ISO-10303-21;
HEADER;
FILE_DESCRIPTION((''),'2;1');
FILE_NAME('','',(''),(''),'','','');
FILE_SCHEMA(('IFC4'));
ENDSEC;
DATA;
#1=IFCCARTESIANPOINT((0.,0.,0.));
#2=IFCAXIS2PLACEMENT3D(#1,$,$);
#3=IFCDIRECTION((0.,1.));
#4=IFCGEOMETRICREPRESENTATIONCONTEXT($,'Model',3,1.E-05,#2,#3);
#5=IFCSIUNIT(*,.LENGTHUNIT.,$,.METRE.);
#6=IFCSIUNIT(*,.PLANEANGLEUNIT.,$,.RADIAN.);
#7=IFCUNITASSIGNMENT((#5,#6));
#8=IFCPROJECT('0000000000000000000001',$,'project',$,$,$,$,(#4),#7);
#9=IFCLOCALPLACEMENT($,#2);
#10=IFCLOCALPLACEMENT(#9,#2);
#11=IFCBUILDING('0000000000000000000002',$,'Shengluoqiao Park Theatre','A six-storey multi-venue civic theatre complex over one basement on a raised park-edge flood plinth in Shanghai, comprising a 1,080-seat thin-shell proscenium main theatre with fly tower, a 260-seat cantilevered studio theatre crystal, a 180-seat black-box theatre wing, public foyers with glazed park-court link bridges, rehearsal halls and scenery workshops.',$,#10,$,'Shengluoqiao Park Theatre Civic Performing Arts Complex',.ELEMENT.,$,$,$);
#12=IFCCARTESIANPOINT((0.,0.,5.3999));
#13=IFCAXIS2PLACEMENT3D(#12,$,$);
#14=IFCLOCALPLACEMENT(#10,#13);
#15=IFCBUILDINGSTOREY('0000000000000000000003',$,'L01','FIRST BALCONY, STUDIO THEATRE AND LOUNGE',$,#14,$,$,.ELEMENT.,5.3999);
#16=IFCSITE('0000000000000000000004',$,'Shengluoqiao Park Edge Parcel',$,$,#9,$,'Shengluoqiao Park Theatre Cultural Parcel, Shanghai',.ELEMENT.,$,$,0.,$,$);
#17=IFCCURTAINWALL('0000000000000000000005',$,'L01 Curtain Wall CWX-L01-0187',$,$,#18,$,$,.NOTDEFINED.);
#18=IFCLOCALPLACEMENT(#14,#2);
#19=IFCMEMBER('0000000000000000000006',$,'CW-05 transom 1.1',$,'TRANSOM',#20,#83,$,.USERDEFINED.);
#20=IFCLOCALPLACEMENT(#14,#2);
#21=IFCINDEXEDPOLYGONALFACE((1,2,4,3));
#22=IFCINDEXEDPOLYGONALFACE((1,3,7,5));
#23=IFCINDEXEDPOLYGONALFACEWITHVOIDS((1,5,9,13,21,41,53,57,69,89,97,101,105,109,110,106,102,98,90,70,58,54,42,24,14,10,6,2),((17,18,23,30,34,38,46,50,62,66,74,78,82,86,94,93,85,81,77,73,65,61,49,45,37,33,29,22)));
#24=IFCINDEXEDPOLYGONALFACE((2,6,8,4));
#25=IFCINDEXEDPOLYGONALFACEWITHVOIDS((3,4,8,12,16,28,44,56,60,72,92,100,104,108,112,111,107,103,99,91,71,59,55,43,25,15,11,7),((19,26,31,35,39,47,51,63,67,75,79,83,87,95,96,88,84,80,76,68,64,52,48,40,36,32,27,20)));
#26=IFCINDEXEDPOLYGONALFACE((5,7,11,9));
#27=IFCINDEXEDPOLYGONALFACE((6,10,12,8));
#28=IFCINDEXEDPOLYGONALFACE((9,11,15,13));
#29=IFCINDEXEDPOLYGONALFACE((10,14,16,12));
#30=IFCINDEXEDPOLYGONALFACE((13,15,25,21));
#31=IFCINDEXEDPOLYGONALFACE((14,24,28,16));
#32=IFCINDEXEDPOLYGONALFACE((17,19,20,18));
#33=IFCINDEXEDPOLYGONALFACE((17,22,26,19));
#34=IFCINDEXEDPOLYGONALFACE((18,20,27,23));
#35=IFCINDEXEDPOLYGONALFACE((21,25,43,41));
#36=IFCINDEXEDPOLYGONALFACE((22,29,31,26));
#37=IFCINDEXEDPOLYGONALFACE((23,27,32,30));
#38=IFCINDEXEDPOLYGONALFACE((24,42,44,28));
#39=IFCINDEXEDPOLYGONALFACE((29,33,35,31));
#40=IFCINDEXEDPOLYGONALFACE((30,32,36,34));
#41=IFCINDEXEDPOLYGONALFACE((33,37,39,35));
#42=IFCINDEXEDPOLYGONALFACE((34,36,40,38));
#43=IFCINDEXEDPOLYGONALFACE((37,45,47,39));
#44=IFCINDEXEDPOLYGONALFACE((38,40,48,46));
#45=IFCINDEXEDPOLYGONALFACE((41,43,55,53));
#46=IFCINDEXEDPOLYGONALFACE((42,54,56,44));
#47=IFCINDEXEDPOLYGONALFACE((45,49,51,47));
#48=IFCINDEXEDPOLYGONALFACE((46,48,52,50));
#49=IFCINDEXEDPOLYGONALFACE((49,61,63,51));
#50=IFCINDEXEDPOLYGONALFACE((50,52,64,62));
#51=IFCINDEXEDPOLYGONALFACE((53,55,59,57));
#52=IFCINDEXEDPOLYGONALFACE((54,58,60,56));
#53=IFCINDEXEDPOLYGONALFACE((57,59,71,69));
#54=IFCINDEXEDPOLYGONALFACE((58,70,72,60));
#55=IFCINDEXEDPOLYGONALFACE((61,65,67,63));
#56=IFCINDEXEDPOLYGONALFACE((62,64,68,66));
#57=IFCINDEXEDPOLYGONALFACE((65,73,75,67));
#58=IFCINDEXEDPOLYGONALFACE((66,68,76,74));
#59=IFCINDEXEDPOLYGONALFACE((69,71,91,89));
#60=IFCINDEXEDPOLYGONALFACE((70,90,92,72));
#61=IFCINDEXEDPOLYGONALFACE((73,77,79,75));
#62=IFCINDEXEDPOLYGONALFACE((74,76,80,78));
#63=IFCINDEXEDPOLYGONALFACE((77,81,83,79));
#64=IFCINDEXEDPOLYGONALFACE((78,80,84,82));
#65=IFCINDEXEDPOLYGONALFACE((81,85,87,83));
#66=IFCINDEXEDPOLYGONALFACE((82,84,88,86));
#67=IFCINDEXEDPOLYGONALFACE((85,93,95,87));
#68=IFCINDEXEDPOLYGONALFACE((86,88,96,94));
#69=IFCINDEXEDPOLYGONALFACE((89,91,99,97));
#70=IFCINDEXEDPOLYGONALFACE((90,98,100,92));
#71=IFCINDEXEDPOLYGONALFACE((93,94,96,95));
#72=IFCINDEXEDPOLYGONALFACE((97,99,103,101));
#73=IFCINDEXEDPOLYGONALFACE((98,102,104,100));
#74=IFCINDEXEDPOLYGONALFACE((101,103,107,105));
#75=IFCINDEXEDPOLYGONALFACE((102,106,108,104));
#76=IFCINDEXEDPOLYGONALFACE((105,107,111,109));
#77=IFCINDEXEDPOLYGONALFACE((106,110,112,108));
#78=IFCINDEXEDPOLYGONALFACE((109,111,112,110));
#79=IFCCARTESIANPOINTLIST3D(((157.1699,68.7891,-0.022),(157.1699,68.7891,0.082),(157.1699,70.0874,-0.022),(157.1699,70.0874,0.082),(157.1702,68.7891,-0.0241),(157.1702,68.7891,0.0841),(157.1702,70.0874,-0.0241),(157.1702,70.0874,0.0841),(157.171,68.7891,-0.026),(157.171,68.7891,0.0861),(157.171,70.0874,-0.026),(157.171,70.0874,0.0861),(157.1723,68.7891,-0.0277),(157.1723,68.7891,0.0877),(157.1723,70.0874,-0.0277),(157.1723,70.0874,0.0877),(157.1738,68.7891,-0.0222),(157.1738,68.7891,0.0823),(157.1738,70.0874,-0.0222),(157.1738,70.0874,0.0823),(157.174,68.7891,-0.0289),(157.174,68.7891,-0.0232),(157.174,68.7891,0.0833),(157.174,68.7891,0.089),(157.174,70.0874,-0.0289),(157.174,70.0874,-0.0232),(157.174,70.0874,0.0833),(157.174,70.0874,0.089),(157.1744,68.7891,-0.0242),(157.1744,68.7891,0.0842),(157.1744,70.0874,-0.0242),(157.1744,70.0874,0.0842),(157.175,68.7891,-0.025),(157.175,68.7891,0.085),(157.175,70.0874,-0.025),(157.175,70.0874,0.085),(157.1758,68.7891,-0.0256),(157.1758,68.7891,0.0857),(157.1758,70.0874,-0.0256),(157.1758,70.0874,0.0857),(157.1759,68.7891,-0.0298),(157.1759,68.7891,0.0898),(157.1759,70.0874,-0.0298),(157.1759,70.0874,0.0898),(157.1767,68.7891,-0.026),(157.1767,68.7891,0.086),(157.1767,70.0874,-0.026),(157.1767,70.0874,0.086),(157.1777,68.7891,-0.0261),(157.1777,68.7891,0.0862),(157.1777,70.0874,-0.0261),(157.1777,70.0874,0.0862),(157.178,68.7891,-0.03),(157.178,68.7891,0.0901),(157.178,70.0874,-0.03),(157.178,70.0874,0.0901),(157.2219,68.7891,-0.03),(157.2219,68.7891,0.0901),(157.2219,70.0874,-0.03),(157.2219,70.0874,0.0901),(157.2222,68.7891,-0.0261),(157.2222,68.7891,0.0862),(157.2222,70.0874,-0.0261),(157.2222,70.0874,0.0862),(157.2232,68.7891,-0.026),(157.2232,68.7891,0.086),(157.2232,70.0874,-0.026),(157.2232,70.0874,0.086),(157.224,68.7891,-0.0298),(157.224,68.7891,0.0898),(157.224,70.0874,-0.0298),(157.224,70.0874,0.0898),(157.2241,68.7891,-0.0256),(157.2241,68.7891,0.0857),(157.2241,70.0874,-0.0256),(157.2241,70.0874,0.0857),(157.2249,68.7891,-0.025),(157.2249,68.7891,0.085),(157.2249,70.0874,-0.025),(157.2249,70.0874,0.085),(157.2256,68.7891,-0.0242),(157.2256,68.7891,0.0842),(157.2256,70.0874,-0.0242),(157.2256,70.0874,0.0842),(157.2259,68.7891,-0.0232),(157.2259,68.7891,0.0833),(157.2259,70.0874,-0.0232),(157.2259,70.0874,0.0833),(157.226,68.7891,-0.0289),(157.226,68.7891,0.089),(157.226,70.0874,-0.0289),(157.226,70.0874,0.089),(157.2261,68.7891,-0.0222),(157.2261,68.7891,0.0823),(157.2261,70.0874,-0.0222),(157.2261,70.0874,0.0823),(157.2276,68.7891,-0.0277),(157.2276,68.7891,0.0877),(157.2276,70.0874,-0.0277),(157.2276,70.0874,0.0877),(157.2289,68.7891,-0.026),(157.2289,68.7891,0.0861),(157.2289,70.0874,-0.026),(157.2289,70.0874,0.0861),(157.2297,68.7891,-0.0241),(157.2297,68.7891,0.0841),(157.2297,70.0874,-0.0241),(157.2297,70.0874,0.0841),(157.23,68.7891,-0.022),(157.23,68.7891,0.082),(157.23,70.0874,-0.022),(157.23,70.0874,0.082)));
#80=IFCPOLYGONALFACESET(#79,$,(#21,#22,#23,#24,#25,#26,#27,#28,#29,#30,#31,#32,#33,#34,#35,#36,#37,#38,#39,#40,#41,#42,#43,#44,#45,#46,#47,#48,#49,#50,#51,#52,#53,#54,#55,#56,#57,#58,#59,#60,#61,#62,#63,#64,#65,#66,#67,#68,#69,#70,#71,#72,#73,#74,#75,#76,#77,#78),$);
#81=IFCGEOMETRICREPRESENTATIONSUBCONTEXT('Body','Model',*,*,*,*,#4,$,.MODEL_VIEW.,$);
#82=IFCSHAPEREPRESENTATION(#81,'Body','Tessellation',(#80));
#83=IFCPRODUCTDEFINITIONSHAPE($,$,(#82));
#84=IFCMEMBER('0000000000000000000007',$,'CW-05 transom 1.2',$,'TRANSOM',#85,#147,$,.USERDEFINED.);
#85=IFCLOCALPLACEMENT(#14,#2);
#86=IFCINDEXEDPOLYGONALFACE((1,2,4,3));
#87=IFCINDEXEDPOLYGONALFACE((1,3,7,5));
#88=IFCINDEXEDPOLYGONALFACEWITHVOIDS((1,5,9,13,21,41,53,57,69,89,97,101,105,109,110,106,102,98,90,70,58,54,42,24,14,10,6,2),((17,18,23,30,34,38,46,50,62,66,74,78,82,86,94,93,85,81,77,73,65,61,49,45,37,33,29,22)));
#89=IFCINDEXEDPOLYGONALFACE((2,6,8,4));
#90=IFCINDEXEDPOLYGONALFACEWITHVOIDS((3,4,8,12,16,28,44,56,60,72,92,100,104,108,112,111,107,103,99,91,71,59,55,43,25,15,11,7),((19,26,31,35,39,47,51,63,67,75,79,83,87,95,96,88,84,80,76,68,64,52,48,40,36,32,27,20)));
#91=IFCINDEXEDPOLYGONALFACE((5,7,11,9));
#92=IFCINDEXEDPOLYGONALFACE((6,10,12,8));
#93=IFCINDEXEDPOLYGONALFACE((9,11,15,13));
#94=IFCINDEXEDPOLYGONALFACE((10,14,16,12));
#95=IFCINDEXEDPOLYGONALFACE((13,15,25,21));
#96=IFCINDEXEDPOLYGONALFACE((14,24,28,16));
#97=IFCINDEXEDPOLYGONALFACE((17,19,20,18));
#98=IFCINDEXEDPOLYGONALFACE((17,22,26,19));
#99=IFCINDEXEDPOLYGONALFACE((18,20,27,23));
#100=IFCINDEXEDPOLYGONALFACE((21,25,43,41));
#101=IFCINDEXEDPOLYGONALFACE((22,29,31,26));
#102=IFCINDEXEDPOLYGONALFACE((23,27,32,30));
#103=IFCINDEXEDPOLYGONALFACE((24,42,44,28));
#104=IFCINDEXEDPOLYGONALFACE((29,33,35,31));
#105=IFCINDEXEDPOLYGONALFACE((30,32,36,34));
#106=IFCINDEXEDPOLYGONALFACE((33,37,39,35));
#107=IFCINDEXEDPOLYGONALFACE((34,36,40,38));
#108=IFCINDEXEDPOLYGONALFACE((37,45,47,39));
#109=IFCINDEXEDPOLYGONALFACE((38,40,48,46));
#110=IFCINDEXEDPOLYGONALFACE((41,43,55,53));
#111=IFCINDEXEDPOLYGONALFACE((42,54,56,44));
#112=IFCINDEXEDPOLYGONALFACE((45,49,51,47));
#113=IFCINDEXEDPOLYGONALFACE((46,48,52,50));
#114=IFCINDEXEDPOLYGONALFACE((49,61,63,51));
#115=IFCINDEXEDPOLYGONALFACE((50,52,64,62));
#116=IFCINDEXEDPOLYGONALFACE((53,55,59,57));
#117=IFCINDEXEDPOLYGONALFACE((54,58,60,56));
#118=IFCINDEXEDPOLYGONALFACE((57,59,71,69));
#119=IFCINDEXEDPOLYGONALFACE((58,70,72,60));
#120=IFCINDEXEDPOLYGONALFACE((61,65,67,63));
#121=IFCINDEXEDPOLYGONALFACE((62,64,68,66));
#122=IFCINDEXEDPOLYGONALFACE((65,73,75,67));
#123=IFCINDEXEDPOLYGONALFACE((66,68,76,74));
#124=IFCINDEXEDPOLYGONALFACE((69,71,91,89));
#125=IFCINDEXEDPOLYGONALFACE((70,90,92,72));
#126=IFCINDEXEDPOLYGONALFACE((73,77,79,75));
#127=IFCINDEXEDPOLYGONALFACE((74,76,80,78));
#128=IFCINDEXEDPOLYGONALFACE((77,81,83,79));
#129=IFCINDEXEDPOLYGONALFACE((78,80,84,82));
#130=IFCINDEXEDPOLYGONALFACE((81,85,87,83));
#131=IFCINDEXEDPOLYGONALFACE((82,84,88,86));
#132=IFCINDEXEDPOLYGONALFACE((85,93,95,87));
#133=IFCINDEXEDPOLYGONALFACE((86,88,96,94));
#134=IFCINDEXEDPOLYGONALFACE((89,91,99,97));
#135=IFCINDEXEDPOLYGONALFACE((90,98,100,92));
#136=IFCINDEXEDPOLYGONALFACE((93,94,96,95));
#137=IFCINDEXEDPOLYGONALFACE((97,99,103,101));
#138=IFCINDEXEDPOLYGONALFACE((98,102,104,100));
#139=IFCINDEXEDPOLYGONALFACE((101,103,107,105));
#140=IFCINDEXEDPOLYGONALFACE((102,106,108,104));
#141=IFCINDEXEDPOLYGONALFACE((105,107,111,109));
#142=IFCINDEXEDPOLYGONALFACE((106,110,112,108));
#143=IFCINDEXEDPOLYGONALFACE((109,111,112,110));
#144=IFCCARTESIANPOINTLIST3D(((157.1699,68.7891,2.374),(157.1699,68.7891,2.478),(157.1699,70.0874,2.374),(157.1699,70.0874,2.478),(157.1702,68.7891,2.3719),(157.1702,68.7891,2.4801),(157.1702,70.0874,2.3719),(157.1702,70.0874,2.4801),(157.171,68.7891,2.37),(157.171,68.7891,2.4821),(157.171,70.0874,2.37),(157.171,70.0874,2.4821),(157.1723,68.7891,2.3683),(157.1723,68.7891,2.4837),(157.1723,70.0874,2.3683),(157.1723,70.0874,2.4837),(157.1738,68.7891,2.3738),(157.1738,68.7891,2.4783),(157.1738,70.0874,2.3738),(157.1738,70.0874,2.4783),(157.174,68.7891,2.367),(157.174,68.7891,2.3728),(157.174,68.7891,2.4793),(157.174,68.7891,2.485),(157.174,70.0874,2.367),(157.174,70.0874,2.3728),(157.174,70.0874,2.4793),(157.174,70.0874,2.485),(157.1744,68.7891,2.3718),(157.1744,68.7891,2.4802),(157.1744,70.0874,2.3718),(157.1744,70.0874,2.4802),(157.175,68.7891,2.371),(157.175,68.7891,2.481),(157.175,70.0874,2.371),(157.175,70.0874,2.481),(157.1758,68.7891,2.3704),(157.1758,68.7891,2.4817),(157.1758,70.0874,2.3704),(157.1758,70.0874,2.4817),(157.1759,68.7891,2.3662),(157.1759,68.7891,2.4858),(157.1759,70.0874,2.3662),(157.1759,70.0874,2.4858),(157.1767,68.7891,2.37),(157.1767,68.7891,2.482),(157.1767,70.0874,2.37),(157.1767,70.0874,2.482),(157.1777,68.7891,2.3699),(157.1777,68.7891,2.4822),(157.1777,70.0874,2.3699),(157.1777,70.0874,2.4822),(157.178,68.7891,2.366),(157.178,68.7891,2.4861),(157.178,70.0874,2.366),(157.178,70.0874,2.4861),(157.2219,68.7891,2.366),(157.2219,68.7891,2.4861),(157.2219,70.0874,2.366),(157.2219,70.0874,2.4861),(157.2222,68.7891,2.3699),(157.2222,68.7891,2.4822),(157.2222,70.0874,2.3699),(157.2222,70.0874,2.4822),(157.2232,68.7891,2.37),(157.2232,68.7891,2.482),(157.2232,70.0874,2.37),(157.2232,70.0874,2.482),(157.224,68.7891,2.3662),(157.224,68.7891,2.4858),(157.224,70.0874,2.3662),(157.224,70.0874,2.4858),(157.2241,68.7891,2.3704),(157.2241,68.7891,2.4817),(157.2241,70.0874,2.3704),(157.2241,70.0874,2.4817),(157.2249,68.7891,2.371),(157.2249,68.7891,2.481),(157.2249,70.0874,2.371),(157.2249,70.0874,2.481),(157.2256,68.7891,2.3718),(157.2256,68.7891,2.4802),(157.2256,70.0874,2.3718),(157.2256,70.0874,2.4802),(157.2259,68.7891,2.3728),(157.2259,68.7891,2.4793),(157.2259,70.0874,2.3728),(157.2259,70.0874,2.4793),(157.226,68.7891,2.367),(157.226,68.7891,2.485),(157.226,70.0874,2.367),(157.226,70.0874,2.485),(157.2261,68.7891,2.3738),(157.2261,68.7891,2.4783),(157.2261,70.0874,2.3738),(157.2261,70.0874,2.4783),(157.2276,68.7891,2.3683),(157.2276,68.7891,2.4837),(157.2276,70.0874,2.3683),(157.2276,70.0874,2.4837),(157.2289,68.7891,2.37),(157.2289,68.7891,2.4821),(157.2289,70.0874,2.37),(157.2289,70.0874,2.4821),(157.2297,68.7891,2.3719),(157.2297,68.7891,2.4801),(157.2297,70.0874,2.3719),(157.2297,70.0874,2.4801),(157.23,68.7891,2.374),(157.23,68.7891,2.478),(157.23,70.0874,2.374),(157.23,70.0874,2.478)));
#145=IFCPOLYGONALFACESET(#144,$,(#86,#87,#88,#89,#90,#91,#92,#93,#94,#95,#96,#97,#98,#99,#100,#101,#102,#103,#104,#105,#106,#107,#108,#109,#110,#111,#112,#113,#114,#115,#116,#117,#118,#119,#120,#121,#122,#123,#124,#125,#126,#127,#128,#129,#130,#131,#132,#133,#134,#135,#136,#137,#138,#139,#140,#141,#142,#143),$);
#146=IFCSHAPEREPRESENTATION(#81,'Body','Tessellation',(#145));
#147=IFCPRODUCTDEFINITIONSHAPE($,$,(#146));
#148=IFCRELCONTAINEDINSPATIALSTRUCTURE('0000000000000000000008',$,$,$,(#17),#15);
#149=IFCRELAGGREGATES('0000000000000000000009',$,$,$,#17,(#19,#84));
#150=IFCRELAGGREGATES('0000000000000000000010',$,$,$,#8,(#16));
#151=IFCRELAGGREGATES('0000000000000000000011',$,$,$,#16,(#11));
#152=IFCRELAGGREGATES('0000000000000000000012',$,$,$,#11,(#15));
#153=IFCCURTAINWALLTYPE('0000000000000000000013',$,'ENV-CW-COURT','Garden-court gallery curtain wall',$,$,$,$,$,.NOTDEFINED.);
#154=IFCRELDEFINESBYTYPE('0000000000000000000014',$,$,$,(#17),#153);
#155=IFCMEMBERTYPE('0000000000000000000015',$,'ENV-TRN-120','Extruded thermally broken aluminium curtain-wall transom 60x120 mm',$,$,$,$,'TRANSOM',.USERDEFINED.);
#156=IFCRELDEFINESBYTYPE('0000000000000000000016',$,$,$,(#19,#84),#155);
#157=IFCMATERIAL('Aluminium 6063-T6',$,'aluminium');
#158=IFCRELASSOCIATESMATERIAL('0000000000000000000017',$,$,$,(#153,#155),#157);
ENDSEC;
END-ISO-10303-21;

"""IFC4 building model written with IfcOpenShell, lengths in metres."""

from ifc_helpers import new_model, si_unit, direction, frame, origin, origin_2d, place, context, subcontext, project, spatial, hollow_rectangle, extrude, material, material_profile, profile_set, type_object, element, aggregate, save


model = new_model("IFC4")

# Units and contexts
model_context = context("Model", 3, precision=1e-05, world=origin(), true_north=direction((0.0, 1.0)))
body_context = subcontext(model_context, "Body", "Model", "MODEL_VIEW")
ifc_project = project(units=[si_unit("LENGTHUNIT", "METRE"), si_unit("PLANEANGLEUNIT", "RADIAN")], contexts=[model_context])

# Site, building, storey
site_placement = place(None, origin())
site = spatial("IfcSite", under=ifc_project, at=site_placement, Name="Shengluoqiao Park Edge Parcel", LongName="Shengluoqiao Park Theatre Cultural Parcel, Shanghai", CompositionType="ELEMENT", RefElevation=0.0)
building_placement = place(site_placement, origin())
building = spatial("IfcBuilding", under=site, at=building_placement, Name="Shengluoqiao Park Theatre", Description="A six-storey multi-venue civic theatre complex over one basement on a raised park-edge flood plinth in Shanghai, comprising a 1,080-seat thin-shell proscenium main theatre with fly tower, a 260-seat cantilevered studio theatre crystal, a 180-seat black-box theatre wing, public foyers with glazed park-court link bridges, rehearsal halls and scenery workshops.", LongName="Shengluoqiao Park Theatre Civic Performing Arts Complex", CompositionType="ELEMENT")
storey_placement = place(building_placement, frame((0.0, 0.0, 5.3999)))
storey = spatial("IfcBuildingStorey", under=building, at=storey_placement, Name="L01", Description="FIRST BALCONY, STUDIO THEATRE AND LOUNGE", CompositionType="ELEMENT", Elevation=5.3999)

# Shared definitions
ifc_material_1 = material(Name="Aluminium 6063-T6", Category="aluminium")

# Curtain wall
curtain_wall_type_1 = type_object("IfcCurtainWallType", Name="ENV-CW-COURT", Description="Garden-court gallery curtain wall", PredefinedType="NOTDEFINED", material=ifc_material_1)
curtain_wall_1_placement = place(storey_placement, origin())
curtain_wall_1 = element("IfcCurtainWall", 1, at=curtain_wall_1_placement, inside=storey, type_object=curtain_wall_type_1, Name="L01 Curtain Wall CWX-L01-0187", PredefinedType="NOTDEFINED")

# Shared definitions
ifc_material_profile_1 = material_profile(ifc_material_1, hollow_rectangle(XDim=0.0601, YDim=0.1201, WallThickness=0.0039, InnerFilletRadius=0.0039, OuterFilletRadius=0.0081, at=origin_2d()), Name="ALU TRANSOM 120x60x4")
ifc_profile_set_1 = profile_set([ifc_material_profile_1], Name="Aluminium 6063-T6")
member_type_1 = type_object("IfcMemberType", Name="ENV-TRN-120", Description="Extruded thermally broken aluminium curtain-wall transom 60x120 mm", ElementType="TRANSOM", PredefinedType="USERDEFINED", material=ifc_profile_set_1)

# Members
member_1_placement = place(storey_placement, frame((157.2, 68.7891, 0.03), z_axis=(0.0, 1.0, 0.0), x_axis=(-1.0, 0.0, 0.0)))
member_1 = element("IfcMember", 2, at=member_1_placement, type_object=member_type_1, Name="CW-05 transom 1.1", ObjectType="TRANSOM", PredefinedType="USERDEFINED", context=body_context, shape_type="SweptSolid", body=[
    extrude(hollow_rectangle(XDim=0.0601, YDim=0.1201, WallThickness=0.0039, InnerFilletRadius=0.0039, OuterFilletRadius=0.0081, at=origin_2d()), origin(), (0.0, 0.0, 1.0), 1.2983),
])
member_2_placement = place(storey_placement, frame((157.2, 68.7891, 2.426), z_axis=(0.0, 1.0, 0.0), x_axis=(-1.0, 0.0, 0.0)))
member_2 = element("IfcMember", 3, at=member_2_placement, type_object=member_type_1, Name="CW-05 transom 1.2", ObjectType="TRANSOM", PredefinedType="USERDEFINED", context=body_context, shape_type="SweptSolid", body=[
    extrude(hollow_rectangle(XDim=0.0601, YDim=0.1201, WallThickness=0.0039, InnerFilletRadius=0.0039, OuterFilletRadius=0.0081, at=origin_2d()), origin(), (0.0, 0.0, 1.0), 1.2983),
])

aggregate(curtain_wall_1, [member_1, member_2])

save(model, "model.ifc")
